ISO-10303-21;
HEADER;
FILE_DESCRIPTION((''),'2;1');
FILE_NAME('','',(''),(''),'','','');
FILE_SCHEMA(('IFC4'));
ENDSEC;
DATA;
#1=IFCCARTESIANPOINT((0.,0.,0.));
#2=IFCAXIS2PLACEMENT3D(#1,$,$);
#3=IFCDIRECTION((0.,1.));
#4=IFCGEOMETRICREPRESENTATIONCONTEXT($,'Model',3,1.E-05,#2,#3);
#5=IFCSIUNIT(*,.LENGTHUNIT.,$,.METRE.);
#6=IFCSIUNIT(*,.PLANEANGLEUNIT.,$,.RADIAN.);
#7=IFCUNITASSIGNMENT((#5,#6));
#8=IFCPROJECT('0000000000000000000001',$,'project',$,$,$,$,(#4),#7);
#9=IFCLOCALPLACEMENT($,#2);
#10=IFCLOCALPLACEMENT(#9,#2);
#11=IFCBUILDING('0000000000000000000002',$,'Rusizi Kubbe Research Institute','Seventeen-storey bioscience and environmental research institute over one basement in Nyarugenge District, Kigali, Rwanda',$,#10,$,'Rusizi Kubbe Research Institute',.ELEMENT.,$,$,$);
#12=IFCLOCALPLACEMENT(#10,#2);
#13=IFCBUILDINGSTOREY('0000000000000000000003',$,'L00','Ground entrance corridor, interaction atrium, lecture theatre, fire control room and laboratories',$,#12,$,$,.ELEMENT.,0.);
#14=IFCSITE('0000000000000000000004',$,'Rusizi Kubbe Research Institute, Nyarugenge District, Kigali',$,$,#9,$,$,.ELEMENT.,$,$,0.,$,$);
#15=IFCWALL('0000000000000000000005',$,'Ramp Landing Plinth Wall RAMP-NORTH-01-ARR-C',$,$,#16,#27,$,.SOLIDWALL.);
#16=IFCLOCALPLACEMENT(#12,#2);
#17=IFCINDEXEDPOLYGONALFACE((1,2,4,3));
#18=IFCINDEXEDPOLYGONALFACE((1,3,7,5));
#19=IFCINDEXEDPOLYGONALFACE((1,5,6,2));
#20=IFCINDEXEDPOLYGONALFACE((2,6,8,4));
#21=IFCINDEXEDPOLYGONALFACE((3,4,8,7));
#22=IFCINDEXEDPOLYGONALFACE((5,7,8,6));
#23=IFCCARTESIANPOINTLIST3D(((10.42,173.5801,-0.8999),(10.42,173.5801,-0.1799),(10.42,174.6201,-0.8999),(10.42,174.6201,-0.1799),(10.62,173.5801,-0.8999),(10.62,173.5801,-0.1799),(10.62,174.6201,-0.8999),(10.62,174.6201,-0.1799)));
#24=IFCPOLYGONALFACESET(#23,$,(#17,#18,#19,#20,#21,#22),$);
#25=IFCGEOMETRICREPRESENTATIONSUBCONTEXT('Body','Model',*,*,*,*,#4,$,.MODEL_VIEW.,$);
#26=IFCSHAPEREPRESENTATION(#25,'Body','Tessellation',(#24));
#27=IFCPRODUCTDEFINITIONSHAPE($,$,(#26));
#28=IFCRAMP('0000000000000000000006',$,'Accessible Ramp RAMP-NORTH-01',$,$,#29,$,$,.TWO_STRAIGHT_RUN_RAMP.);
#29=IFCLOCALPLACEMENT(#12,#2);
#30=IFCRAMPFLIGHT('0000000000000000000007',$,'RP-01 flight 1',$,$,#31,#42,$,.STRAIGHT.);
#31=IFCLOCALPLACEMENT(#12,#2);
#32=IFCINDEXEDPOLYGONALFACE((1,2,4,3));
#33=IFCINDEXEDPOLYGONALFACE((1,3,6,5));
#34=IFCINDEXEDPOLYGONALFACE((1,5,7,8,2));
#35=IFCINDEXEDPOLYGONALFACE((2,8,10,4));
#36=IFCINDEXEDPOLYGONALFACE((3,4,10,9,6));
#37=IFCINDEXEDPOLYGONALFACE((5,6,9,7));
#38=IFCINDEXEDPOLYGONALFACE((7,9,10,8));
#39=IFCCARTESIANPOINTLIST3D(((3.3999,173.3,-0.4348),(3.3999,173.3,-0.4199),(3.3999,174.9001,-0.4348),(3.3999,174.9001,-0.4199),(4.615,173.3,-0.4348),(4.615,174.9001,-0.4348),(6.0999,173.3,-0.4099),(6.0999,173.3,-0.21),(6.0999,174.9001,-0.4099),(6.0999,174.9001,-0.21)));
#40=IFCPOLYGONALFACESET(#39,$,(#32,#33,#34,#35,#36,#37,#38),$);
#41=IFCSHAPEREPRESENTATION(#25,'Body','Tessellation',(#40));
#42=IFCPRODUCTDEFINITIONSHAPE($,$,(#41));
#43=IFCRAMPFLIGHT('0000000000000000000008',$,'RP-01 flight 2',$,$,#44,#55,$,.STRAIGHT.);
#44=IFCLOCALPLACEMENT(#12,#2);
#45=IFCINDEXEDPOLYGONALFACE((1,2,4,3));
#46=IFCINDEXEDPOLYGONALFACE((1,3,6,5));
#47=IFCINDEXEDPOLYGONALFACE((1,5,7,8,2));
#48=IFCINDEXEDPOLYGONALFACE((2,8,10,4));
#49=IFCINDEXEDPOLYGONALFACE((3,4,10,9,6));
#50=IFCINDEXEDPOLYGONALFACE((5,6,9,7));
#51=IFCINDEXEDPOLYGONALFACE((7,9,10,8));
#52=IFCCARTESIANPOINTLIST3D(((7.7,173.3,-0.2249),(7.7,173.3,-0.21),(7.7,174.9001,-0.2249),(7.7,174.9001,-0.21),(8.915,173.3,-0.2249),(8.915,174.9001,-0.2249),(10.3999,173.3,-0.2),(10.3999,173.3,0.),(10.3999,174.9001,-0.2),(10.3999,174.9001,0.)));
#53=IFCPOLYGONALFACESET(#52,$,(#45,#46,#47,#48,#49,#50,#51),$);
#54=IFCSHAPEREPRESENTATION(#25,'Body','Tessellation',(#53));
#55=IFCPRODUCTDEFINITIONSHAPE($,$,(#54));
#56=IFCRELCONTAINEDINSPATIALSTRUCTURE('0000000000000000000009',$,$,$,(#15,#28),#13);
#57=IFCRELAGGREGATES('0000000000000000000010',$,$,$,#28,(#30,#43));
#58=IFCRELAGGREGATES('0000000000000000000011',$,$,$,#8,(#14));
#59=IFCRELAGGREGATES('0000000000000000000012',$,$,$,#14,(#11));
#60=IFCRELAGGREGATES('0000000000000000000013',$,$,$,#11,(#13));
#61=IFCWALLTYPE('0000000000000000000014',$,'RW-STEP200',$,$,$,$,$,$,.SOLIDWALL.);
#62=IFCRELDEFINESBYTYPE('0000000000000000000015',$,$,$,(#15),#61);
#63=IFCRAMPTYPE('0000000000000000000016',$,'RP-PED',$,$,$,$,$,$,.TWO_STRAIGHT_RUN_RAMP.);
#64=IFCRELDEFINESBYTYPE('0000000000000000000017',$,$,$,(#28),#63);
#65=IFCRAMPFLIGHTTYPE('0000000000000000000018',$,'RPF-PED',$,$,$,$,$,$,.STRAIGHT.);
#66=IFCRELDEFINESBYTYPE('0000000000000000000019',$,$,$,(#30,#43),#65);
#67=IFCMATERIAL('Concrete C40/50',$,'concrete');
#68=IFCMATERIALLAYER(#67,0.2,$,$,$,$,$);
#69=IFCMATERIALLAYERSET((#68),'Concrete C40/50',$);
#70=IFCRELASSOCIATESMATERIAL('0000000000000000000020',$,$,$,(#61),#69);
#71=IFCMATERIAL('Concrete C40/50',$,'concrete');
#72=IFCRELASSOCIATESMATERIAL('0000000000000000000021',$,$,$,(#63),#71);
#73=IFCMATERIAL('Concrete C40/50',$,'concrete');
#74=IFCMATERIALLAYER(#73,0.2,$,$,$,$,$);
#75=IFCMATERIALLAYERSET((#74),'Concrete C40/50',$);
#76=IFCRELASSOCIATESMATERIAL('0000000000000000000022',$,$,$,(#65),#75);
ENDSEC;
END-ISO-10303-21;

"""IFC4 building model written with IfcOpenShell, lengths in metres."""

from ifc_helpers import new_model, si_unit, direction, frame, frame_2d, origin, place, context, subcontext, project, spatial, polyline, rectangle, outline, extrude, material, layer, layer_set, type_object, element, aggregate, save


model = new_model("IFC4")

# Units and contexts
model_context = context("Model", 3, precision=1e-05, world=origin(), true_north=direction((0.0, 1.0)))
body_context = subcontext(model_context, "Body", "Model", "MODEL_VIEW")
ifc_project = project(units=[si_unit("LENGTHUNIT", "METRE"), si_unit("PLANEANGLEUNIT", "RADIAN")], contexts=[model_context])

# Site, building, storey
site_placement = place(None, origin())
site = spatial("IfcSite", under=ifc_project, at=site_placement, Name="Rusizi Kubbe Research Institute, Nyarugenge District, Kigali", CompositionType="ELEMENT", RefElevation=0.0)
building_placement = place(site_placement, origin())
building = spatial("IfcBuilding", under=site, at=building_placement, Name="Rusizi Kubbe Research Institute", Description="Seventeen-storey bioscience and environmental research institute over one basement in Nyarugenge District, Kigali, Rwanda", LongName="Rusizi Kubbe Research Institute", CompositionType="ELEMENT")
storey_placement = place(building_placement, origin())
storey = spatial("IfcBuildingStorey", under=building, at=storey_placement, Name="L00", Description="Ground entrance corridor, interaction atrium, lecture theatre, fire control room and laboratories", CompositionType="ELEMENT", Elevation=0.0)

# Wall
ifc_material_1 = material(Name="Concrete C40/50", Category="concrete")
ifc_layer_1 = layer(ifc_material_1, 0.2)
ifc_layer_set_1 = layer_set([ifc_layer_1], Name="Concrete C40/50")
wall_type_1 = type_object("IfcWallType", Name="RW-STEP200", PredefinedType="SOLIDWALL", material=ifc_layer_set_1)
wall_1_placement = place(storey_placement, frame((10.52, 173.5801, -0.8999), z_axis=(0.0, 0.0, 1.0), x_axis=(0.0, 1.0, 0.0)))
element("IfcWall", 1, at=wall_1_placement, inside=storey, type_object=wall_type_1, Name="Ramp Landing Plinth Wall RAMP-NORTH-01-ARR-C", PredefinedType="SOLIDWALL", context=body_context, shape_type="SweptSolid", body=[
    extrude(rectangle(XDim=1.04, YDim=0.2, at=frame_2d((0.52, 0.0))), origin(), (0.0, 0.0, 1.0), 0.72),
])

# Ramp, ramp flights
ifc_material_2 = material(Name="Concrete C40/50", Category="concrete")
ramp_type = type_object("IfcRampType", Name="RP-PED", PredefinedType="TWO_STRAIGHT_RUN_RAMP", material=ifc_material_2)
ramp_placement = place(storey_placement, origin())
ramp = element("IfcRamp", 2, at=ramp_placement, inside=storey, type_object=ramp_type, Name="Accessible Ramp RAMP-NORTH-01", PredefinedType="TWO_STRAIGHT_RUN_RAMP")
ifc_material_3 = material(Name="Concrete C40/50", Category="concrete")
ifc_layer_2 = layer(ifc_material_3, 0.2)
ifc_layer_set_2 = layer_set([ifc_layer_2], Name="Concrete C40/50")
ramp_flight_type = type_object("IfcRampFlightType", Name="RPF-PED", PredefinedType="STRAIGHT", material=ifc_layer_set_2)
ramp_flight_1_placement = place(storey_placement, frame((3.3999, 174.1001, -0.4199), z_axis=(0.0, 0.0, 1.0), x_axis=(1.0, 0.0, 0.0)))
ramp_flight_1 = element("IfcRampFlight", 3, at=ramp_flight_1_placement, type_object=ramp_flight_type, Name="RP-01 flight 1", PredefinedType="STRAIGHT", context=body_context, shape_type="SweptSolid", body=[
    extrude(outline(polyline([(0.0, -0.0149), (0.0, 0.0), (2.7, 0.21), (2.7, 0.01), (1.2151, -0.0149), (0.0, -0.0149)])), frame((0.0, 0.8, 0.0), z_axis=(0.0, -1.0, 0.0), x_axis=(1.0, 0.0, 0.0)), (0.0, 0.0, 1.0), 1.6001),
])
ramp_flight_2_placement = place(storey_placement, frame((7.7, 174.1001, -0.21), z_axis=(0.0, 0.0, 1.0), x_axis=(1.0, 0.0, 0.0)))
ramp_flight_2 = element("IfcRampFlight", 4, at=ramp_flight_2_placement, type_object=ramp_flight_type, Name="RP-01 flight 2", PredefinedType="STRAIGHT", context=body_context, shape_type="SweptSolid", body=[
    extrude(outline(polyline([(0.0, -0.0149), (0.0, 0.0), (2.7, 0.21), (2.7, 0.01), (1.2151, -0.0149), (0.0, -0.0149)])), frame((0.0, 0.8, 0.0), z_axis=(0.0, -1.0, 0.0), x_axis=(1.0, 0.0, 0.0)), (0.0, 0.0, 1.0), 1.6001),
])
aggregate(ramp, [ramp_flight_1, ramp_flight_2])

save(model, "model.ifc")
